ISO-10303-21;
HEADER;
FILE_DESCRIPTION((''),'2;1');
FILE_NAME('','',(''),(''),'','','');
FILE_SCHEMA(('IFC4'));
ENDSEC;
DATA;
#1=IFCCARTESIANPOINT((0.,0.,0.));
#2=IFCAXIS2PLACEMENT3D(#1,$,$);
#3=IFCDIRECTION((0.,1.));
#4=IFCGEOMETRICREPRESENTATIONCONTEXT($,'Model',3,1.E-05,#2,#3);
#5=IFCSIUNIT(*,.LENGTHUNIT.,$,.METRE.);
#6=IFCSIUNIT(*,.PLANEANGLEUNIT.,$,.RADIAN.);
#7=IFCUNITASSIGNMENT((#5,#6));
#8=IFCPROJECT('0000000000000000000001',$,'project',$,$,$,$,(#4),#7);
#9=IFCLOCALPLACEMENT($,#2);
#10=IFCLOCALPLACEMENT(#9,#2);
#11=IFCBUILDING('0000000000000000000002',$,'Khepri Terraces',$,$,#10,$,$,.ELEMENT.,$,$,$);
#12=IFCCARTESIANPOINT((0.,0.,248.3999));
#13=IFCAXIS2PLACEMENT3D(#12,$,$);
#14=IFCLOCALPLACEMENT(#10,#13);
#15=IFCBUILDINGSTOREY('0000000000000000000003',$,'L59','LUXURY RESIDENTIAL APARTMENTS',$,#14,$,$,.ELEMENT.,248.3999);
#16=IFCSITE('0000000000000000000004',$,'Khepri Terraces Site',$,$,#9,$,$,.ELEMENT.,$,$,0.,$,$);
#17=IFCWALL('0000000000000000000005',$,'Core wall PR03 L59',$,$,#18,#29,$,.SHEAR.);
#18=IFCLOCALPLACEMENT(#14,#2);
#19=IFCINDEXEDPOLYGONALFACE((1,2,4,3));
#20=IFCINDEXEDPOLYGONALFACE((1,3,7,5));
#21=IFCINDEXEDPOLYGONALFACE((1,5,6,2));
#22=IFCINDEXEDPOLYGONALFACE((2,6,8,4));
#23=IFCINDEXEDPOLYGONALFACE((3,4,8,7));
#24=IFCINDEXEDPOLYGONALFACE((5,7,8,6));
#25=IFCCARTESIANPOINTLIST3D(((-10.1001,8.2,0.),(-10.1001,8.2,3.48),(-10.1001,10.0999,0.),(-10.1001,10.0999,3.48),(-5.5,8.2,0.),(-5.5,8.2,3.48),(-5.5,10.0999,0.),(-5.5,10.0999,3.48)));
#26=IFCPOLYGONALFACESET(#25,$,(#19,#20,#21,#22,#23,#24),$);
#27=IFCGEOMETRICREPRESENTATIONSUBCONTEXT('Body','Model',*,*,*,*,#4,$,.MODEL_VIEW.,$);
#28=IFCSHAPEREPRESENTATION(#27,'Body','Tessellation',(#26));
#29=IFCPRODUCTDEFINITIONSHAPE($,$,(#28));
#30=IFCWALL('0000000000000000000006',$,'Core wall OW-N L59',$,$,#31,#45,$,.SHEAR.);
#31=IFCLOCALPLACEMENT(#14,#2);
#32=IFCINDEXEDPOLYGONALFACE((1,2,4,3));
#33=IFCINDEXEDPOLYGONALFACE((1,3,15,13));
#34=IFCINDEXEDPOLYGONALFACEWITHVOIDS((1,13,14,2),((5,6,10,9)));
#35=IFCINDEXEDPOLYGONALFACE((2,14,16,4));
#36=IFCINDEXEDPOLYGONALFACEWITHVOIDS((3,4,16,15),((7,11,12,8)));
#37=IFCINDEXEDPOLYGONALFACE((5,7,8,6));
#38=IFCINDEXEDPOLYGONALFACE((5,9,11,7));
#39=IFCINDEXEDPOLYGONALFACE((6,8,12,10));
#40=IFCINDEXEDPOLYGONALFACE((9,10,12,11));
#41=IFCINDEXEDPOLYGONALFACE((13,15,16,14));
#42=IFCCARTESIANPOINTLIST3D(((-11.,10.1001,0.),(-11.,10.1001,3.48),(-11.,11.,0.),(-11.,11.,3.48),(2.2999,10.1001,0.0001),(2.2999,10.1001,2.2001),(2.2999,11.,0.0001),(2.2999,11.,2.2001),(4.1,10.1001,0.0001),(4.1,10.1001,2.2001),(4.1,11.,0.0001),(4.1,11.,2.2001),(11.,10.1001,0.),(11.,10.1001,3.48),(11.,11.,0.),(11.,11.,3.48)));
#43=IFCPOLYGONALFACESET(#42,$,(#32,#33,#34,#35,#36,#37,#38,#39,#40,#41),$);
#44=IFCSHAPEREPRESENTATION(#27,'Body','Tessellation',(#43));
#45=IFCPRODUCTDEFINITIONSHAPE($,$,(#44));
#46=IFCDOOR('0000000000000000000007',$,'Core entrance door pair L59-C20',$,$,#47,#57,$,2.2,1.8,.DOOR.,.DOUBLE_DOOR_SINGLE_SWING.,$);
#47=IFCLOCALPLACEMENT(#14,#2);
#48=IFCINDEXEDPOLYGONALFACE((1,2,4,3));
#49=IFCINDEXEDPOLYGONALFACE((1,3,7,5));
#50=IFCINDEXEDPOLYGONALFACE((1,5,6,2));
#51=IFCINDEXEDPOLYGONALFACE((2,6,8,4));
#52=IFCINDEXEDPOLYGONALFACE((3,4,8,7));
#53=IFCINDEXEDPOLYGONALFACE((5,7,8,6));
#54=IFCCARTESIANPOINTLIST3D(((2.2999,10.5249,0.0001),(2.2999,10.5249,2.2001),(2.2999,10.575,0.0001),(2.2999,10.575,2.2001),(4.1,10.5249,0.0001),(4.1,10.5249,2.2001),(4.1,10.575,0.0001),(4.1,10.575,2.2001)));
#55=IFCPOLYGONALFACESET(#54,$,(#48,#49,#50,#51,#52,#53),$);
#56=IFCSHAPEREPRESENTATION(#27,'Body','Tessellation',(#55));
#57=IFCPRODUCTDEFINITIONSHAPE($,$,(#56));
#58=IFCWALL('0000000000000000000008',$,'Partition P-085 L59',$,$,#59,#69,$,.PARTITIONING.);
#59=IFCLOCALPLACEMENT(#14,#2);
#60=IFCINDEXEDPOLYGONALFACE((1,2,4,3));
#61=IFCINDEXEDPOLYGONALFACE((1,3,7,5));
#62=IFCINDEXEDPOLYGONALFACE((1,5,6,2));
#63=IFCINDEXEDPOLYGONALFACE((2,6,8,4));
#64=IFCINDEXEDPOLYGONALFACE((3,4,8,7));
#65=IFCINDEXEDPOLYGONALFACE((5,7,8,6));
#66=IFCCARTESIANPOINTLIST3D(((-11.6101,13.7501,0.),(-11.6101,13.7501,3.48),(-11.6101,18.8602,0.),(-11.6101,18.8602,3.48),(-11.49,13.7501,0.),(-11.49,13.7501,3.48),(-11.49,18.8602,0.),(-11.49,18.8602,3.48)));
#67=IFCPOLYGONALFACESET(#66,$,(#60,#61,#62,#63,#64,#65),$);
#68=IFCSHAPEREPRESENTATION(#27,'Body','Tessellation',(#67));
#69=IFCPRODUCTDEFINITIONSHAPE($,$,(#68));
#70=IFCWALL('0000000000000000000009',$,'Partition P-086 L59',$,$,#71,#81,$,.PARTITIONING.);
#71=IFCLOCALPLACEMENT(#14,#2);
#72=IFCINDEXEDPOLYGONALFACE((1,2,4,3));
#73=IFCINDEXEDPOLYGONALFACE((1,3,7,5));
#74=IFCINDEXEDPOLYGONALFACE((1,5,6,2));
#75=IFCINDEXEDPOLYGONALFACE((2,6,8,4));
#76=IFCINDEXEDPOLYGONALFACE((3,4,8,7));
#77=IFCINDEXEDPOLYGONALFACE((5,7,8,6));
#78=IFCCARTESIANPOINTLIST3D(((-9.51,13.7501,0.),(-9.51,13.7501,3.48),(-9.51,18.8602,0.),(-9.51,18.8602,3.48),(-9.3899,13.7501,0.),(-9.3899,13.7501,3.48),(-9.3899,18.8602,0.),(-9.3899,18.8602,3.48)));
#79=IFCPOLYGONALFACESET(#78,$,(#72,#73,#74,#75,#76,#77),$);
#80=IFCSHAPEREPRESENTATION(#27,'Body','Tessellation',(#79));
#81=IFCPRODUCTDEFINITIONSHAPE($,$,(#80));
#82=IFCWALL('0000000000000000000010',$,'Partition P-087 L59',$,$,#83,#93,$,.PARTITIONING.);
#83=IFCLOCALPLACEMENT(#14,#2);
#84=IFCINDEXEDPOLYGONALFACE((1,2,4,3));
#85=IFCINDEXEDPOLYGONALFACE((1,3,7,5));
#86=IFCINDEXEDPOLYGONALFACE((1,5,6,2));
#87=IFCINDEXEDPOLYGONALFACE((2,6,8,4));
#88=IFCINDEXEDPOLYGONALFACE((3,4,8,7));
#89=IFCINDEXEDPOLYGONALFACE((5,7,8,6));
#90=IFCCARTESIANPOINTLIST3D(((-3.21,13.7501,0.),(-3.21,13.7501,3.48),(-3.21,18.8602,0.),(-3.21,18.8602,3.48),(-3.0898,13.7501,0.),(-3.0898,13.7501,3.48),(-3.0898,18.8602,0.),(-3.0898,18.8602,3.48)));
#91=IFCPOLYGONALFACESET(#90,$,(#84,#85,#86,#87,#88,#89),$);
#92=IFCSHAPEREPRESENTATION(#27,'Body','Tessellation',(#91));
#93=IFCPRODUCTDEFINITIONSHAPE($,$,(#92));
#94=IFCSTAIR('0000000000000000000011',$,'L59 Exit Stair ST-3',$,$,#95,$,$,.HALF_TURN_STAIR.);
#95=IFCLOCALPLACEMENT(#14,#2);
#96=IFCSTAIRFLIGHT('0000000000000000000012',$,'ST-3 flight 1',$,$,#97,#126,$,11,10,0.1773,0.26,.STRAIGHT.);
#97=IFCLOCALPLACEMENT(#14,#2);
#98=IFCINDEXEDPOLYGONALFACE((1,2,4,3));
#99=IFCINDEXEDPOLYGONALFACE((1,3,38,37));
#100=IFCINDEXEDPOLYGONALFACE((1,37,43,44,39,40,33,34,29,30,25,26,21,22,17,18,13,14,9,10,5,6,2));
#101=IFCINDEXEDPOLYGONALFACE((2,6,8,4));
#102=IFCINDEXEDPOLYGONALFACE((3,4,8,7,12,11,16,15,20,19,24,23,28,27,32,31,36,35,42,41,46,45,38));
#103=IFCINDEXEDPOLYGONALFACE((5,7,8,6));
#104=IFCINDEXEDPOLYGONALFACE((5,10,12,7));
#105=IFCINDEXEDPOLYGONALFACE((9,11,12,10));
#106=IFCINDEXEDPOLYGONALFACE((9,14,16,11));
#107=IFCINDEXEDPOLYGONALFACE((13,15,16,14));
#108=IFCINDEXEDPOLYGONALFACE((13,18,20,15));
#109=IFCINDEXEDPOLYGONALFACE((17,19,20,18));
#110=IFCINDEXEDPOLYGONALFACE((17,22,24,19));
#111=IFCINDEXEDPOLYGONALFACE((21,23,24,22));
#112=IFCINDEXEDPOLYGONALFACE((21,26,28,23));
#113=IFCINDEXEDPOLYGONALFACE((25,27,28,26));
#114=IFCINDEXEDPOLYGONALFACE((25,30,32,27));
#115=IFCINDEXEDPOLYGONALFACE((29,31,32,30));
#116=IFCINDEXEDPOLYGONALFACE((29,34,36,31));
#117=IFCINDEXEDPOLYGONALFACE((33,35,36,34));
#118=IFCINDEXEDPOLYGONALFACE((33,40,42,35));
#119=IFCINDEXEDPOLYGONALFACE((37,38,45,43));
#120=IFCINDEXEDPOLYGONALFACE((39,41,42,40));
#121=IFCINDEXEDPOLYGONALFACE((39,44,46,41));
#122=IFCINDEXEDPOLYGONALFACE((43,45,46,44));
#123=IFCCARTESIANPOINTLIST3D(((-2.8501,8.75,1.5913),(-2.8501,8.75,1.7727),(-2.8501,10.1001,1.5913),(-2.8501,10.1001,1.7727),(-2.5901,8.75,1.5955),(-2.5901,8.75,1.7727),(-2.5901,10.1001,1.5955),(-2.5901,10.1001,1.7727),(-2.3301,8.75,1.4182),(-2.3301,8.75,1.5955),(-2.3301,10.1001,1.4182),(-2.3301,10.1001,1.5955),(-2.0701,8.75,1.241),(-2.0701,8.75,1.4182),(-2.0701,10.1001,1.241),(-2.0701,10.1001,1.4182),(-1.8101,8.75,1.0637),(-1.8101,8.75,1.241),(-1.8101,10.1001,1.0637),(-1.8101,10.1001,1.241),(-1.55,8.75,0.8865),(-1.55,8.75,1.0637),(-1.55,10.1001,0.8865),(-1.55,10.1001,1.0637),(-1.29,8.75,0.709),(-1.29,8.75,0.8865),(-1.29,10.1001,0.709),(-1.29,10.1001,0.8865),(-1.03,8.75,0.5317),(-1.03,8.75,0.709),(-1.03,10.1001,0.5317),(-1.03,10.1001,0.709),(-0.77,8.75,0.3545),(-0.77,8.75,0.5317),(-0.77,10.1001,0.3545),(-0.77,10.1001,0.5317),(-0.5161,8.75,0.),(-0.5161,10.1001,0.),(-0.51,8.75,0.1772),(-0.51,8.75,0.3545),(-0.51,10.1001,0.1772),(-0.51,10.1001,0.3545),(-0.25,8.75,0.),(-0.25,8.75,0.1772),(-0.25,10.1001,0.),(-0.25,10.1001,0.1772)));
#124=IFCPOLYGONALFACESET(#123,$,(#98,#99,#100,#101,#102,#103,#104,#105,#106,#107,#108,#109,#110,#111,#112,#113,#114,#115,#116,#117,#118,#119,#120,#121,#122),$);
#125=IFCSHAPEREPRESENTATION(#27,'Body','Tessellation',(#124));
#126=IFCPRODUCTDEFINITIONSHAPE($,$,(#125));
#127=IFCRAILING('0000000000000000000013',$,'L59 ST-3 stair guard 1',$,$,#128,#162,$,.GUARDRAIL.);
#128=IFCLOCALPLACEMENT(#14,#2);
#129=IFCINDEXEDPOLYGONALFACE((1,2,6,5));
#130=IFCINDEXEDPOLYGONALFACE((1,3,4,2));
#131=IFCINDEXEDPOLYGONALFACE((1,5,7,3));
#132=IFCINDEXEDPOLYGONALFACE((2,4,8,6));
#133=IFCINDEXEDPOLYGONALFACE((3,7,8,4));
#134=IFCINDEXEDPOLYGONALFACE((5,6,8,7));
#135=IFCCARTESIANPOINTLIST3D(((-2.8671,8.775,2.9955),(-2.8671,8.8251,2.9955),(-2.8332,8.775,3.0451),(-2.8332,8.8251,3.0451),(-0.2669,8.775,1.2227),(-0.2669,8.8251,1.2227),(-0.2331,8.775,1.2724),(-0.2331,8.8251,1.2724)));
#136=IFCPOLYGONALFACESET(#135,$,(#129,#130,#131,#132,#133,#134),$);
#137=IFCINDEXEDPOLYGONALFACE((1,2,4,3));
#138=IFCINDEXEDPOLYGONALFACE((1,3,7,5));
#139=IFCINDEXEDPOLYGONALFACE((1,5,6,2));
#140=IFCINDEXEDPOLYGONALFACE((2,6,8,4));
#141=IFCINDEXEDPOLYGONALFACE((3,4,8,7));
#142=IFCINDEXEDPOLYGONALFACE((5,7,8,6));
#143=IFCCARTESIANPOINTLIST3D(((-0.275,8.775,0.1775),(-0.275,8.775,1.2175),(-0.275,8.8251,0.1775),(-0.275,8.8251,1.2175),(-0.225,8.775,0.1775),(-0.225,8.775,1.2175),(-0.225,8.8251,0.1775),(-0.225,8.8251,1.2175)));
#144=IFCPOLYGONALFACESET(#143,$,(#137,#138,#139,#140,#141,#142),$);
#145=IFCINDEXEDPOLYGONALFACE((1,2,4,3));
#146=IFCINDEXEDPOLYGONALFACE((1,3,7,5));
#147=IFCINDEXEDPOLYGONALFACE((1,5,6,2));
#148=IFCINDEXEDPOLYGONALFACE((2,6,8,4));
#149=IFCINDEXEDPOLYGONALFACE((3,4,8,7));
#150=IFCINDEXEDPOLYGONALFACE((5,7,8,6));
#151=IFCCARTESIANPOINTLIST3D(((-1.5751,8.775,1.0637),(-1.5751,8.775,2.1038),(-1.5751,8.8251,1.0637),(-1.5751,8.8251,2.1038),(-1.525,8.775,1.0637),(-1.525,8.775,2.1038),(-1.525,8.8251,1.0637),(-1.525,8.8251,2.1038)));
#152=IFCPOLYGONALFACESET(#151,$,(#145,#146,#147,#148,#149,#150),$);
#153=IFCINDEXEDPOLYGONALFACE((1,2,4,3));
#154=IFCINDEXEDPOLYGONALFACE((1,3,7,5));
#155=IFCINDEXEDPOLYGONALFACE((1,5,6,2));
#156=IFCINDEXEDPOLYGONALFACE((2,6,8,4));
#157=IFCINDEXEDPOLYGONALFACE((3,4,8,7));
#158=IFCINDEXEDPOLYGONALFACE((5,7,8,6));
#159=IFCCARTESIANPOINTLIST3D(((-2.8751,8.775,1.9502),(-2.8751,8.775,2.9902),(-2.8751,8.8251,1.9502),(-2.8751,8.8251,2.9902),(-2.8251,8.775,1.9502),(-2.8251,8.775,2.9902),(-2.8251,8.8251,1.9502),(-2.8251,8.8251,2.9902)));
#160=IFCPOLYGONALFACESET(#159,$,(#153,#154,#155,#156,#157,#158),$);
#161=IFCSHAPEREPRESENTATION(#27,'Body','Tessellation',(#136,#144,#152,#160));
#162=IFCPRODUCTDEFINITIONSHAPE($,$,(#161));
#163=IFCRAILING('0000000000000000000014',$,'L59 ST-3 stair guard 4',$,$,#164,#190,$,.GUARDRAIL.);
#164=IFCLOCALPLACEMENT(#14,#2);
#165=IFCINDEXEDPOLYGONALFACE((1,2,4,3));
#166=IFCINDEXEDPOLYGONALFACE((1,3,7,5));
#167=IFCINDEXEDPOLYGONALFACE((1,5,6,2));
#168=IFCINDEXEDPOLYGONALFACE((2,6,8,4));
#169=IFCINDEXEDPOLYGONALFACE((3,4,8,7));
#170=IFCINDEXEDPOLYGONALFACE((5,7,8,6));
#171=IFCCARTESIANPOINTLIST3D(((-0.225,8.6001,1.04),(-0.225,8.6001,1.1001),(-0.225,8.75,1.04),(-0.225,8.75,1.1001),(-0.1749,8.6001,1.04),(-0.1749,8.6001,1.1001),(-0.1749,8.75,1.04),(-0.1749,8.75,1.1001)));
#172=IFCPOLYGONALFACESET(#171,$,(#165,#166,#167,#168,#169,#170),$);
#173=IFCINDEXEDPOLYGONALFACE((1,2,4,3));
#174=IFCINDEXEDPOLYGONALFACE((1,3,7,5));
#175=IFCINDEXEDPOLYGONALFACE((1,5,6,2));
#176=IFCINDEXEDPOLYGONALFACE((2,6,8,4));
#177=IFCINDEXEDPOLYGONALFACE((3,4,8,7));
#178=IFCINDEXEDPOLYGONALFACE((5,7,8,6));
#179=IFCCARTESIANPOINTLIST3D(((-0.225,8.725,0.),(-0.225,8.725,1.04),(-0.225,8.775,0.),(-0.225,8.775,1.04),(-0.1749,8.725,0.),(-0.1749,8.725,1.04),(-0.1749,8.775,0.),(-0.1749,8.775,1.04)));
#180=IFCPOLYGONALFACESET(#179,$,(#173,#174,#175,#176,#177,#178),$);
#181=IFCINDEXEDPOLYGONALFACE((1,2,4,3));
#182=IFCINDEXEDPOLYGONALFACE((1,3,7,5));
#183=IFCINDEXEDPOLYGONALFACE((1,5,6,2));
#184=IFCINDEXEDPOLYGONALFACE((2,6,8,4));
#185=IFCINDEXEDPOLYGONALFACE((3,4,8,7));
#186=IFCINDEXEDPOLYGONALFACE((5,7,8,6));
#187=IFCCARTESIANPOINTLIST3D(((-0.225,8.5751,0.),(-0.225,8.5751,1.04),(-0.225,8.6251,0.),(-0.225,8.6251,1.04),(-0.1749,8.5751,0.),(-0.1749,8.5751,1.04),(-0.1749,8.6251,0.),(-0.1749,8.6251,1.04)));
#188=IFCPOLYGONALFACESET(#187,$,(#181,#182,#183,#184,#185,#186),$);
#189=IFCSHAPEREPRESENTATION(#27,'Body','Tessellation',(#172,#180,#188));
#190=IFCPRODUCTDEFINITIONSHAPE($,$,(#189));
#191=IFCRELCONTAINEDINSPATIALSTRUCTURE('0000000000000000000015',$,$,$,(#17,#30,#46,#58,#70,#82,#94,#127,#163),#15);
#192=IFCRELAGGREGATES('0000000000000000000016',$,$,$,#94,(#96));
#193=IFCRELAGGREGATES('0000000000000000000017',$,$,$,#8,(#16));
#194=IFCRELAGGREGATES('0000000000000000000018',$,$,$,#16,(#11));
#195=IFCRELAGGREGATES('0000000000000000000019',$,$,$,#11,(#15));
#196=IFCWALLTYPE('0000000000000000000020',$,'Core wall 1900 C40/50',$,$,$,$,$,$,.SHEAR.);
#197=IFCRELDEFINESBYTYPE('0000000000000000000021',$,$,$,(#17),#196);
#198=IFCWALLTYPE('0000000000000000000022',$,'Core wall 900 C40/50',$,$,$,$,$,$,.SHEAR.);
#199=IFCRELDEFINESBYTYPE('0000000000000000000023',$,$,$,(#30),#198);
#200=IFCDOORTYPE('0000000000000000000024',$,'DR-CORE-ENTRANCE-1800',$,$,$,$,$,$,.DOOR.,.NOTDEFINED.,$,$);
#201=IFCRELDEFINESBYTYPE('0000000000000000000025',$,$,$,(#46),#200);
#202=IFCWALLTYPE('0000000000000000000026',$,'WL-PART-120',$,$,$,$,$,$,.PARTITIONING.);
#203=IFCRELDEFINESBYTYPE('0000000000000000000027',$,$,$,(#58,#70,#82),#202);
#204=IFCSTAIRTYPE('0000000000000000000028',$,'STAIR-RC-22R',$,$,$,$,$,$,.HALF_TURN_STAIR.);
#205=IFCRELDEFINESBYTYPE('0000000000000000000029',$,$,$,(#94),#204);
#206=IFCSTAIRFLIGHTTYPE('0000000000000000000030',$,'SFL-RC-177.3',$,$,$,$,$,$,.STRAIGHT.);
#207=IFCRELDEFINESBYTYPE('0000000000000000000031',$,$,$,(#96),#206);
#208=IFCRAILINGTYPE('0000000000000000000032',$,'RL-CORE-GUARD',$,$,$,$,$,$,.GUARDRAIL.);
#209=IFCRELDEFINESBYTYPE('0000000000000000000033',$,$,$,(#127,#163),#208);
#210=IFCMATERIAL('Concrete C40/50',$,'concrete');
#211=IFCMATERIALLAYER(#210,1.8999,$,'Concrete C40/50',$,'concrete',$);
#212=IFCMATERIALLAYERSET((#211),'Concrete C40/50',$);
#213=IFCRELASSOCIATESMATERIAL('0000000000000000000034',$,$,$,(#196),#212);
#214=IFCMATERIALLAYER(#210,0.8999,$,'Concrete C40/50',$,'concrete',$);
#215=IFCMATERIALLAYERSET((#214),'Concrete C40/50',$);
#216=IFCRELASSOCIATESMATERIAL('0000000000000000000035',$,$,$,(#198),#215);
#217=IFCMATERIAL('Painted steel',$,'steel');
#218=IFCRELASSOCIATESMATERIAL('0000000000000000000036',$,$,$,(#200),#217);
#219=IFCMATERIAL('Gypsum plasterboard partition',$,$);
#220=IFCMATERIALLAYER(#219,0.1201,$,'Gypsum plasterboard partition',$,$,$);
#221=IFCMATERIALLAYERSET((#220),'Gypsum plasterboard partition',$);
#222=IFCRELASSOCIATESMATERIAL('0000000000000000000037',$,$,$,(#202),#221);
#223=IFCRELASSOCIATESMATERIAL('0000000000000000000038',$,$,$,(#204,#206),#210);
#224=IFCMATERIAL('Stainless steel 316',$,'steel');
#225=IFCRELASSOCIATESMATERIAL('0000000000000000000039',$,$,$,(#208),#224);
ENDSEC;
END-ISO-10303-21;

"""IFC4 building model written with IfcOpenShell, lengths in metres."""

from ifc_helpers import new_model, si_unit, direction, frame, frame_2d, origin, origin_2d, place, context, subcontext, project, spatial, polyline, rectangle, outline, extrude, material, layer, layer_set, type_object, element, fill, aggregate, save


model = new_model("IFC4")

# Units and contexts
model_context = context("Model", 3, precision=1e-05, world=origin(), true_north=direction((0.0, 1.0)))
body_context = subcontext(model_context, "Body", "Model", "MODEL_VIEW")
ifc_project = project(units=[si_unit("LENGTHUNIT", "METRE"), si_unit("PLANEANGLEUNIT", "RADIAN")], contexts=[model_context])

# Site, building, storey
site_placement = place(None, origin())
site = spatial("IfcSite", under=ifc_project, at=site_placement, Name="Khepri Terraces Site", CompositionType="ELEMENT", RefElevation=0.0)
building_placement = place(site_placement, origin())
building = spatial("IfcBuilding", under=site, at=building_placement, Name="Khepri Terraces", CompositionType="ELEMENT")
storey_placement = place(building_placement, frame((0.0, 0.0, 248.3999)))
storey = spatial("IfcBuildingStorey", under=building, at=storey_placement, Name="L59", Description="LUXURY RESIDENTIAL APARTMENTS", CompositionType="ELEMENT", Elevation=248.3999)

# Wall
ifc_material_1 = material(Name="Concrete C40/50", Category="concrete")
ifc_layer_1 = layer(ifc_material_1, 1.8999, Name="Concrete C40/50", Category="concrete")
ifc_layer_set_1 = layer_set([ifc_layer_1], Name="Concrete C40/50")
wall_type_1 = type_object("IfcWallType", Name="Core wall 1900 C40/50", PredefinedType="SHEAR", material=ifc_layer_set_1)
wall_1_placement = place(storey_placement, frame((-10.1001, 9.1499, 0.0), z_axis=(0.0, 0.0, 1.0), x_axis=(1.0, 0.0, 0.0)))
element("IfcWall", 1, at=wall_1_placement, inside=storey, type_object=wall_type_1, Name="Core wall PR03 L59", PredefinedType="SHEAR", context=body_context, shape_type="SweptSolid", body=[
    extrude(rectangle(XDim=4.6001, YDim=1.8999, at=frame_2d((2.3, 0.0))), origin(), (0.0, 0.0, 1.0), 3.48),
])

# Wall, opening, door
ifc_layer_2 = layer(ifc_material_1, 0.8999, Name="Concrete C40/50", Category="concrete")
ifc_layer_set_2 = layer_set([ifc_layer_2], Name="Concrete C40/50")
wall_type_2 = type_object("IfcWallType", Name="Core wall 900 C40/50", PredefinedType="SHEAR", material=ifc_layer_set_2)
wall_2_placement = place(storey_placement, frame((-11.0, 10.55, 0.0), z_axis=(0.0, 0.0, 1.0), x_axis=(1.0, 0.0, 0.0)))
wall_2 = element("IfcWall", 2, at=wall_2_placement, inside=storey, type_object=wall_type_2, Name="Core wall OW-N L59", PredefinedType="SHEAR", context=body_context, shape_type="SweptSolid", body=[
    extrude(rectangle(XDim=22.0, YDim=0.8999, at=frame_2d((11.0, 0.0))), origin(), (0.0, 0.0, 1.0), 3.48),
])
opening_placement = place(wall_2_placement, frame((13.3, 0.0, 0.0)))
opening = element("IfcOpeningElement", 3, at=opening_placement, cuts=wall_2, PredefinedType="OPENING", context=body_context, shape_type="SweptSolid", body=[
    extrude(rectangle(XDim=1.8, YDim=2.2, at=frame_2d((0.8999, 1.1001))), frame((0.0, 0.46, 0.0), z_axis=(0.0, -1.0, 0.0), x_axis=(1.0, 0.0, 0.0)), (0.0, 0.0, 1.0), 0.9199),
])
ifc_material_2 = material(Name="Painted steel", Category="steel")
door_type = type_object("IfcDoorType", Name="DR-CORE-ENTRANCE-1800", OperationType="NOTDEFINED", PredefinedType="DOOR", material=ifc_material_2)
door_placement = place(opening_placement, origin())
door = element("IfcDoor", 4, at=door_placement, inside=storey, type_object=door_type, Name="Core entrance door pair L59-C20", OperationType="DOUBLE_DOOR_SINGLE_SWING", OverallHeight=2.2, OverallWidth=1.8, PredefinedType="DOOR", context=body_context, shape_type="SweptSolid", body=[
    extrude(rectangle(XDim=1.8, YDim=2.2, at=frame_2d((0.8999, 1.1001))), frame((0.0, 0.0249, 0.0), z_axis=(0.0, -1.0, 0.0), x_axis=(1.0, 0.0, 0.0)), (0.0, 0.0, 1.0), 0.05),
])
fill(opening, door)

# Walls
ifc_material_3 = material(Name="Gypsum plasterboard partition")
ifc_layer_3 = layer(ifc_material_3, 0.1201, Name="Gypsum plasterboard partition")
ifc_layer_set_3 = layer_set([ifc_layer_3], Name="Gypsum plasterboard partition")
wall_type_3 = type_object("IfcWallType", Name="WL-PART-120", PredefinedType="PARTITIONING", material=ifc_layer_set_3)
for number, where, z_axis, x_axis, name in (
    (5, (-11.55, 13.75, 0.0), (0.0, 0.0, 1.0), (0.0, 1.0, 0.0), "Partition P-085 L59"),
    (6, (-9.45, 13.75, 0.0), (0.0, 0.0, 1.0), (0.0, 1.0, 0.0), "Partition P-086 L59"),
    (7, (-3.1499, 13.75, 0.0), (0.0, 0.0, 1.0), (0.0, 1.0, 0.0), "Partition P-087 L59"),
):
    element("IfcWall", number, at=place(storey_placement, frame(where, z_axis=z_axis, x_axis=x_axis)), inside=storey, type_object=wall_type_3, Name=name, PredefinedType="PARTITIONING", context=body_context, shape_type="SweptSolid", body=[
        extrude(rectangle(XDim=5.1101, YDim=0.1201, at=frame_2d((2.5552, 0.0))), origin(), (0.0, 0.0, 1.0), 3.48),
    ])

# Stair, stair flight
stair_type = type_object("IfcStairType", Name="STAIR-RC-22R", PredefinedType="HALF_TURN_STAIR", material=ifc_material_1)
stair_placement = place(storey_placement, origin())
stair = element("IfcStair", 8, at=stair_placement, inside=storey, type_object=stair_type, Name="L59 Exit Stair ST-3", PredefinedType="HALF_TURN_STAIR")
stair_flight_type = type_object("IfcStairFlightType", Name="SFL-RC-177.3", PredefinedType="STRAIGHT", material=ifc_material_1)
stair_flight_placement = place(storey_placement, frame((-0.25, 9.425, 0.0), z_axis=(0.0, 0.0, 1.0), x_axis=(-1.0, 0.0, 0.0)))
stair_flight = element("IfcStairFlight", 9, at=stair_flight_placement, type_object=stair_flight_type, Name="ST-3 flight 1", NumberOfRisers=11, NumberOfTreads=10, PredefinedType="STRAIGHT", RiserHeight=0.1773, TreadLength=0.26, context=body_context, shape_type="SweptSolid", body=[
    extrude(outline(polyline([(0.0, 0.0), (0.0, 0.1772), (0.26, 0.1772), (0.26, 0.3545), (0.52, 0.3545), (0.52, 0.5317), (0.78, 0.5317), (0.78, 0.709), (1.04, 0.709), (1.04, 0.8865), (1.3, 0.8865), (1.3, 1.0637), (1.5601, 1.0637), (1.5601, 1.241), (1.8201, 1.241), (1.8201, 1.4182), (2.0801, 1.4182), (2.0801, 1.5955), (2.3401, 1.5955), (2.3401, 1.7727), (2.6001, 1.7727), (2.6001, 1.95), (2.6001, 1.5913), (0.2661, 0.0), (0.0, 0.0)])), frame((0.0, 0.675, 0.0), z_axis=(0.0, -1.0, 0.0), x_axis=(1.0, 0.0, 0.0)), (0.0, 0.0, 1.0), 1.3501),
])
aggregate(stair, [stair_flight])

# Railings
ifc_material_4 = material(Name="Stainless steel 316", Category="steel")
railing_type_1 = type_object("IfcRailingType", Name="RL-CORE-GUARD", PredefinedType="GUARDRAIL", material=ifc_material_4)
railing_1_placement = place(storey_placement, frame((-0.25, 8.8, 0.1775)))
element("IfcRailing", 10, at=railing_1_placement, inside=storey, type_object=railing_type_1, Name="L59 ST-3 stair guard 1", PredefinedType="GUARDRAIL", context=body_context, shape_type="SweptSolid", body=[
    extrude(rectangle(XDim=0.05, YDim=0.0601, at=origin_2d()), frame((0.0, 0.0, 1.0701), z_axis=(-0.82624, 0.0, 0.563318), x_axis=(0.0, -1.0, 0.0)), (0.0, 0.0, 1.0), 3.147),
    extrude(rectangle(XDim=0.05, YDim=0.05, at=origin_2d()), origin(), (0.0, 0.0, 1.0), 1.04),
    extrude(rectangle(XDim=0.05, YDim=0.05, at=origin_2d()), frame((-1.3, 0.0, 0.8862)), (0.0, 0.0, 1.0), 1.04),
    extrude(rectangle(XDim=0.05, YDim=0.05, at=origin_2d()), frame((-2.6001, 0.0, 1.7727)), (0.0, 0.0, 1.0), 1.04),
])
railing_2_placement = place(storey_placement, frame((-0.2, 8.75, 0.0)))
element("IfcRailing", 11, at=railing_2_placement, inside=storey, type_object=railing_type_1, Name="L59 ST-3 stair guard 4", PredefinedType="GUARDRAIL", context=body_context, shape_type="SweptSolid", body=[
    extrude(rectangle(XDim=0.05, YDim=0.0601, at=origin_2d()), frame((0.0, 0.0, 1.0701), z_axis=(0.0, -1.0, 0.0), x_axis=(1.0, 0.0, 0.0)), (0.0, 0.0, 1.0), 0.1499),
    extrude(rectangle(XDim=0.05, YDim=0.05, at=origin_2d()), origin(), (0.0, 0.0, 1.0), 1.04),
    extrude(rectangle(XDim=0.05, YDim=0.05, at=origin_2d()), frame((0.0, -0.1499, 0.0)), (0.0, 0.0, 1.0), 1.04),
])

save(model, "model.ifc")
